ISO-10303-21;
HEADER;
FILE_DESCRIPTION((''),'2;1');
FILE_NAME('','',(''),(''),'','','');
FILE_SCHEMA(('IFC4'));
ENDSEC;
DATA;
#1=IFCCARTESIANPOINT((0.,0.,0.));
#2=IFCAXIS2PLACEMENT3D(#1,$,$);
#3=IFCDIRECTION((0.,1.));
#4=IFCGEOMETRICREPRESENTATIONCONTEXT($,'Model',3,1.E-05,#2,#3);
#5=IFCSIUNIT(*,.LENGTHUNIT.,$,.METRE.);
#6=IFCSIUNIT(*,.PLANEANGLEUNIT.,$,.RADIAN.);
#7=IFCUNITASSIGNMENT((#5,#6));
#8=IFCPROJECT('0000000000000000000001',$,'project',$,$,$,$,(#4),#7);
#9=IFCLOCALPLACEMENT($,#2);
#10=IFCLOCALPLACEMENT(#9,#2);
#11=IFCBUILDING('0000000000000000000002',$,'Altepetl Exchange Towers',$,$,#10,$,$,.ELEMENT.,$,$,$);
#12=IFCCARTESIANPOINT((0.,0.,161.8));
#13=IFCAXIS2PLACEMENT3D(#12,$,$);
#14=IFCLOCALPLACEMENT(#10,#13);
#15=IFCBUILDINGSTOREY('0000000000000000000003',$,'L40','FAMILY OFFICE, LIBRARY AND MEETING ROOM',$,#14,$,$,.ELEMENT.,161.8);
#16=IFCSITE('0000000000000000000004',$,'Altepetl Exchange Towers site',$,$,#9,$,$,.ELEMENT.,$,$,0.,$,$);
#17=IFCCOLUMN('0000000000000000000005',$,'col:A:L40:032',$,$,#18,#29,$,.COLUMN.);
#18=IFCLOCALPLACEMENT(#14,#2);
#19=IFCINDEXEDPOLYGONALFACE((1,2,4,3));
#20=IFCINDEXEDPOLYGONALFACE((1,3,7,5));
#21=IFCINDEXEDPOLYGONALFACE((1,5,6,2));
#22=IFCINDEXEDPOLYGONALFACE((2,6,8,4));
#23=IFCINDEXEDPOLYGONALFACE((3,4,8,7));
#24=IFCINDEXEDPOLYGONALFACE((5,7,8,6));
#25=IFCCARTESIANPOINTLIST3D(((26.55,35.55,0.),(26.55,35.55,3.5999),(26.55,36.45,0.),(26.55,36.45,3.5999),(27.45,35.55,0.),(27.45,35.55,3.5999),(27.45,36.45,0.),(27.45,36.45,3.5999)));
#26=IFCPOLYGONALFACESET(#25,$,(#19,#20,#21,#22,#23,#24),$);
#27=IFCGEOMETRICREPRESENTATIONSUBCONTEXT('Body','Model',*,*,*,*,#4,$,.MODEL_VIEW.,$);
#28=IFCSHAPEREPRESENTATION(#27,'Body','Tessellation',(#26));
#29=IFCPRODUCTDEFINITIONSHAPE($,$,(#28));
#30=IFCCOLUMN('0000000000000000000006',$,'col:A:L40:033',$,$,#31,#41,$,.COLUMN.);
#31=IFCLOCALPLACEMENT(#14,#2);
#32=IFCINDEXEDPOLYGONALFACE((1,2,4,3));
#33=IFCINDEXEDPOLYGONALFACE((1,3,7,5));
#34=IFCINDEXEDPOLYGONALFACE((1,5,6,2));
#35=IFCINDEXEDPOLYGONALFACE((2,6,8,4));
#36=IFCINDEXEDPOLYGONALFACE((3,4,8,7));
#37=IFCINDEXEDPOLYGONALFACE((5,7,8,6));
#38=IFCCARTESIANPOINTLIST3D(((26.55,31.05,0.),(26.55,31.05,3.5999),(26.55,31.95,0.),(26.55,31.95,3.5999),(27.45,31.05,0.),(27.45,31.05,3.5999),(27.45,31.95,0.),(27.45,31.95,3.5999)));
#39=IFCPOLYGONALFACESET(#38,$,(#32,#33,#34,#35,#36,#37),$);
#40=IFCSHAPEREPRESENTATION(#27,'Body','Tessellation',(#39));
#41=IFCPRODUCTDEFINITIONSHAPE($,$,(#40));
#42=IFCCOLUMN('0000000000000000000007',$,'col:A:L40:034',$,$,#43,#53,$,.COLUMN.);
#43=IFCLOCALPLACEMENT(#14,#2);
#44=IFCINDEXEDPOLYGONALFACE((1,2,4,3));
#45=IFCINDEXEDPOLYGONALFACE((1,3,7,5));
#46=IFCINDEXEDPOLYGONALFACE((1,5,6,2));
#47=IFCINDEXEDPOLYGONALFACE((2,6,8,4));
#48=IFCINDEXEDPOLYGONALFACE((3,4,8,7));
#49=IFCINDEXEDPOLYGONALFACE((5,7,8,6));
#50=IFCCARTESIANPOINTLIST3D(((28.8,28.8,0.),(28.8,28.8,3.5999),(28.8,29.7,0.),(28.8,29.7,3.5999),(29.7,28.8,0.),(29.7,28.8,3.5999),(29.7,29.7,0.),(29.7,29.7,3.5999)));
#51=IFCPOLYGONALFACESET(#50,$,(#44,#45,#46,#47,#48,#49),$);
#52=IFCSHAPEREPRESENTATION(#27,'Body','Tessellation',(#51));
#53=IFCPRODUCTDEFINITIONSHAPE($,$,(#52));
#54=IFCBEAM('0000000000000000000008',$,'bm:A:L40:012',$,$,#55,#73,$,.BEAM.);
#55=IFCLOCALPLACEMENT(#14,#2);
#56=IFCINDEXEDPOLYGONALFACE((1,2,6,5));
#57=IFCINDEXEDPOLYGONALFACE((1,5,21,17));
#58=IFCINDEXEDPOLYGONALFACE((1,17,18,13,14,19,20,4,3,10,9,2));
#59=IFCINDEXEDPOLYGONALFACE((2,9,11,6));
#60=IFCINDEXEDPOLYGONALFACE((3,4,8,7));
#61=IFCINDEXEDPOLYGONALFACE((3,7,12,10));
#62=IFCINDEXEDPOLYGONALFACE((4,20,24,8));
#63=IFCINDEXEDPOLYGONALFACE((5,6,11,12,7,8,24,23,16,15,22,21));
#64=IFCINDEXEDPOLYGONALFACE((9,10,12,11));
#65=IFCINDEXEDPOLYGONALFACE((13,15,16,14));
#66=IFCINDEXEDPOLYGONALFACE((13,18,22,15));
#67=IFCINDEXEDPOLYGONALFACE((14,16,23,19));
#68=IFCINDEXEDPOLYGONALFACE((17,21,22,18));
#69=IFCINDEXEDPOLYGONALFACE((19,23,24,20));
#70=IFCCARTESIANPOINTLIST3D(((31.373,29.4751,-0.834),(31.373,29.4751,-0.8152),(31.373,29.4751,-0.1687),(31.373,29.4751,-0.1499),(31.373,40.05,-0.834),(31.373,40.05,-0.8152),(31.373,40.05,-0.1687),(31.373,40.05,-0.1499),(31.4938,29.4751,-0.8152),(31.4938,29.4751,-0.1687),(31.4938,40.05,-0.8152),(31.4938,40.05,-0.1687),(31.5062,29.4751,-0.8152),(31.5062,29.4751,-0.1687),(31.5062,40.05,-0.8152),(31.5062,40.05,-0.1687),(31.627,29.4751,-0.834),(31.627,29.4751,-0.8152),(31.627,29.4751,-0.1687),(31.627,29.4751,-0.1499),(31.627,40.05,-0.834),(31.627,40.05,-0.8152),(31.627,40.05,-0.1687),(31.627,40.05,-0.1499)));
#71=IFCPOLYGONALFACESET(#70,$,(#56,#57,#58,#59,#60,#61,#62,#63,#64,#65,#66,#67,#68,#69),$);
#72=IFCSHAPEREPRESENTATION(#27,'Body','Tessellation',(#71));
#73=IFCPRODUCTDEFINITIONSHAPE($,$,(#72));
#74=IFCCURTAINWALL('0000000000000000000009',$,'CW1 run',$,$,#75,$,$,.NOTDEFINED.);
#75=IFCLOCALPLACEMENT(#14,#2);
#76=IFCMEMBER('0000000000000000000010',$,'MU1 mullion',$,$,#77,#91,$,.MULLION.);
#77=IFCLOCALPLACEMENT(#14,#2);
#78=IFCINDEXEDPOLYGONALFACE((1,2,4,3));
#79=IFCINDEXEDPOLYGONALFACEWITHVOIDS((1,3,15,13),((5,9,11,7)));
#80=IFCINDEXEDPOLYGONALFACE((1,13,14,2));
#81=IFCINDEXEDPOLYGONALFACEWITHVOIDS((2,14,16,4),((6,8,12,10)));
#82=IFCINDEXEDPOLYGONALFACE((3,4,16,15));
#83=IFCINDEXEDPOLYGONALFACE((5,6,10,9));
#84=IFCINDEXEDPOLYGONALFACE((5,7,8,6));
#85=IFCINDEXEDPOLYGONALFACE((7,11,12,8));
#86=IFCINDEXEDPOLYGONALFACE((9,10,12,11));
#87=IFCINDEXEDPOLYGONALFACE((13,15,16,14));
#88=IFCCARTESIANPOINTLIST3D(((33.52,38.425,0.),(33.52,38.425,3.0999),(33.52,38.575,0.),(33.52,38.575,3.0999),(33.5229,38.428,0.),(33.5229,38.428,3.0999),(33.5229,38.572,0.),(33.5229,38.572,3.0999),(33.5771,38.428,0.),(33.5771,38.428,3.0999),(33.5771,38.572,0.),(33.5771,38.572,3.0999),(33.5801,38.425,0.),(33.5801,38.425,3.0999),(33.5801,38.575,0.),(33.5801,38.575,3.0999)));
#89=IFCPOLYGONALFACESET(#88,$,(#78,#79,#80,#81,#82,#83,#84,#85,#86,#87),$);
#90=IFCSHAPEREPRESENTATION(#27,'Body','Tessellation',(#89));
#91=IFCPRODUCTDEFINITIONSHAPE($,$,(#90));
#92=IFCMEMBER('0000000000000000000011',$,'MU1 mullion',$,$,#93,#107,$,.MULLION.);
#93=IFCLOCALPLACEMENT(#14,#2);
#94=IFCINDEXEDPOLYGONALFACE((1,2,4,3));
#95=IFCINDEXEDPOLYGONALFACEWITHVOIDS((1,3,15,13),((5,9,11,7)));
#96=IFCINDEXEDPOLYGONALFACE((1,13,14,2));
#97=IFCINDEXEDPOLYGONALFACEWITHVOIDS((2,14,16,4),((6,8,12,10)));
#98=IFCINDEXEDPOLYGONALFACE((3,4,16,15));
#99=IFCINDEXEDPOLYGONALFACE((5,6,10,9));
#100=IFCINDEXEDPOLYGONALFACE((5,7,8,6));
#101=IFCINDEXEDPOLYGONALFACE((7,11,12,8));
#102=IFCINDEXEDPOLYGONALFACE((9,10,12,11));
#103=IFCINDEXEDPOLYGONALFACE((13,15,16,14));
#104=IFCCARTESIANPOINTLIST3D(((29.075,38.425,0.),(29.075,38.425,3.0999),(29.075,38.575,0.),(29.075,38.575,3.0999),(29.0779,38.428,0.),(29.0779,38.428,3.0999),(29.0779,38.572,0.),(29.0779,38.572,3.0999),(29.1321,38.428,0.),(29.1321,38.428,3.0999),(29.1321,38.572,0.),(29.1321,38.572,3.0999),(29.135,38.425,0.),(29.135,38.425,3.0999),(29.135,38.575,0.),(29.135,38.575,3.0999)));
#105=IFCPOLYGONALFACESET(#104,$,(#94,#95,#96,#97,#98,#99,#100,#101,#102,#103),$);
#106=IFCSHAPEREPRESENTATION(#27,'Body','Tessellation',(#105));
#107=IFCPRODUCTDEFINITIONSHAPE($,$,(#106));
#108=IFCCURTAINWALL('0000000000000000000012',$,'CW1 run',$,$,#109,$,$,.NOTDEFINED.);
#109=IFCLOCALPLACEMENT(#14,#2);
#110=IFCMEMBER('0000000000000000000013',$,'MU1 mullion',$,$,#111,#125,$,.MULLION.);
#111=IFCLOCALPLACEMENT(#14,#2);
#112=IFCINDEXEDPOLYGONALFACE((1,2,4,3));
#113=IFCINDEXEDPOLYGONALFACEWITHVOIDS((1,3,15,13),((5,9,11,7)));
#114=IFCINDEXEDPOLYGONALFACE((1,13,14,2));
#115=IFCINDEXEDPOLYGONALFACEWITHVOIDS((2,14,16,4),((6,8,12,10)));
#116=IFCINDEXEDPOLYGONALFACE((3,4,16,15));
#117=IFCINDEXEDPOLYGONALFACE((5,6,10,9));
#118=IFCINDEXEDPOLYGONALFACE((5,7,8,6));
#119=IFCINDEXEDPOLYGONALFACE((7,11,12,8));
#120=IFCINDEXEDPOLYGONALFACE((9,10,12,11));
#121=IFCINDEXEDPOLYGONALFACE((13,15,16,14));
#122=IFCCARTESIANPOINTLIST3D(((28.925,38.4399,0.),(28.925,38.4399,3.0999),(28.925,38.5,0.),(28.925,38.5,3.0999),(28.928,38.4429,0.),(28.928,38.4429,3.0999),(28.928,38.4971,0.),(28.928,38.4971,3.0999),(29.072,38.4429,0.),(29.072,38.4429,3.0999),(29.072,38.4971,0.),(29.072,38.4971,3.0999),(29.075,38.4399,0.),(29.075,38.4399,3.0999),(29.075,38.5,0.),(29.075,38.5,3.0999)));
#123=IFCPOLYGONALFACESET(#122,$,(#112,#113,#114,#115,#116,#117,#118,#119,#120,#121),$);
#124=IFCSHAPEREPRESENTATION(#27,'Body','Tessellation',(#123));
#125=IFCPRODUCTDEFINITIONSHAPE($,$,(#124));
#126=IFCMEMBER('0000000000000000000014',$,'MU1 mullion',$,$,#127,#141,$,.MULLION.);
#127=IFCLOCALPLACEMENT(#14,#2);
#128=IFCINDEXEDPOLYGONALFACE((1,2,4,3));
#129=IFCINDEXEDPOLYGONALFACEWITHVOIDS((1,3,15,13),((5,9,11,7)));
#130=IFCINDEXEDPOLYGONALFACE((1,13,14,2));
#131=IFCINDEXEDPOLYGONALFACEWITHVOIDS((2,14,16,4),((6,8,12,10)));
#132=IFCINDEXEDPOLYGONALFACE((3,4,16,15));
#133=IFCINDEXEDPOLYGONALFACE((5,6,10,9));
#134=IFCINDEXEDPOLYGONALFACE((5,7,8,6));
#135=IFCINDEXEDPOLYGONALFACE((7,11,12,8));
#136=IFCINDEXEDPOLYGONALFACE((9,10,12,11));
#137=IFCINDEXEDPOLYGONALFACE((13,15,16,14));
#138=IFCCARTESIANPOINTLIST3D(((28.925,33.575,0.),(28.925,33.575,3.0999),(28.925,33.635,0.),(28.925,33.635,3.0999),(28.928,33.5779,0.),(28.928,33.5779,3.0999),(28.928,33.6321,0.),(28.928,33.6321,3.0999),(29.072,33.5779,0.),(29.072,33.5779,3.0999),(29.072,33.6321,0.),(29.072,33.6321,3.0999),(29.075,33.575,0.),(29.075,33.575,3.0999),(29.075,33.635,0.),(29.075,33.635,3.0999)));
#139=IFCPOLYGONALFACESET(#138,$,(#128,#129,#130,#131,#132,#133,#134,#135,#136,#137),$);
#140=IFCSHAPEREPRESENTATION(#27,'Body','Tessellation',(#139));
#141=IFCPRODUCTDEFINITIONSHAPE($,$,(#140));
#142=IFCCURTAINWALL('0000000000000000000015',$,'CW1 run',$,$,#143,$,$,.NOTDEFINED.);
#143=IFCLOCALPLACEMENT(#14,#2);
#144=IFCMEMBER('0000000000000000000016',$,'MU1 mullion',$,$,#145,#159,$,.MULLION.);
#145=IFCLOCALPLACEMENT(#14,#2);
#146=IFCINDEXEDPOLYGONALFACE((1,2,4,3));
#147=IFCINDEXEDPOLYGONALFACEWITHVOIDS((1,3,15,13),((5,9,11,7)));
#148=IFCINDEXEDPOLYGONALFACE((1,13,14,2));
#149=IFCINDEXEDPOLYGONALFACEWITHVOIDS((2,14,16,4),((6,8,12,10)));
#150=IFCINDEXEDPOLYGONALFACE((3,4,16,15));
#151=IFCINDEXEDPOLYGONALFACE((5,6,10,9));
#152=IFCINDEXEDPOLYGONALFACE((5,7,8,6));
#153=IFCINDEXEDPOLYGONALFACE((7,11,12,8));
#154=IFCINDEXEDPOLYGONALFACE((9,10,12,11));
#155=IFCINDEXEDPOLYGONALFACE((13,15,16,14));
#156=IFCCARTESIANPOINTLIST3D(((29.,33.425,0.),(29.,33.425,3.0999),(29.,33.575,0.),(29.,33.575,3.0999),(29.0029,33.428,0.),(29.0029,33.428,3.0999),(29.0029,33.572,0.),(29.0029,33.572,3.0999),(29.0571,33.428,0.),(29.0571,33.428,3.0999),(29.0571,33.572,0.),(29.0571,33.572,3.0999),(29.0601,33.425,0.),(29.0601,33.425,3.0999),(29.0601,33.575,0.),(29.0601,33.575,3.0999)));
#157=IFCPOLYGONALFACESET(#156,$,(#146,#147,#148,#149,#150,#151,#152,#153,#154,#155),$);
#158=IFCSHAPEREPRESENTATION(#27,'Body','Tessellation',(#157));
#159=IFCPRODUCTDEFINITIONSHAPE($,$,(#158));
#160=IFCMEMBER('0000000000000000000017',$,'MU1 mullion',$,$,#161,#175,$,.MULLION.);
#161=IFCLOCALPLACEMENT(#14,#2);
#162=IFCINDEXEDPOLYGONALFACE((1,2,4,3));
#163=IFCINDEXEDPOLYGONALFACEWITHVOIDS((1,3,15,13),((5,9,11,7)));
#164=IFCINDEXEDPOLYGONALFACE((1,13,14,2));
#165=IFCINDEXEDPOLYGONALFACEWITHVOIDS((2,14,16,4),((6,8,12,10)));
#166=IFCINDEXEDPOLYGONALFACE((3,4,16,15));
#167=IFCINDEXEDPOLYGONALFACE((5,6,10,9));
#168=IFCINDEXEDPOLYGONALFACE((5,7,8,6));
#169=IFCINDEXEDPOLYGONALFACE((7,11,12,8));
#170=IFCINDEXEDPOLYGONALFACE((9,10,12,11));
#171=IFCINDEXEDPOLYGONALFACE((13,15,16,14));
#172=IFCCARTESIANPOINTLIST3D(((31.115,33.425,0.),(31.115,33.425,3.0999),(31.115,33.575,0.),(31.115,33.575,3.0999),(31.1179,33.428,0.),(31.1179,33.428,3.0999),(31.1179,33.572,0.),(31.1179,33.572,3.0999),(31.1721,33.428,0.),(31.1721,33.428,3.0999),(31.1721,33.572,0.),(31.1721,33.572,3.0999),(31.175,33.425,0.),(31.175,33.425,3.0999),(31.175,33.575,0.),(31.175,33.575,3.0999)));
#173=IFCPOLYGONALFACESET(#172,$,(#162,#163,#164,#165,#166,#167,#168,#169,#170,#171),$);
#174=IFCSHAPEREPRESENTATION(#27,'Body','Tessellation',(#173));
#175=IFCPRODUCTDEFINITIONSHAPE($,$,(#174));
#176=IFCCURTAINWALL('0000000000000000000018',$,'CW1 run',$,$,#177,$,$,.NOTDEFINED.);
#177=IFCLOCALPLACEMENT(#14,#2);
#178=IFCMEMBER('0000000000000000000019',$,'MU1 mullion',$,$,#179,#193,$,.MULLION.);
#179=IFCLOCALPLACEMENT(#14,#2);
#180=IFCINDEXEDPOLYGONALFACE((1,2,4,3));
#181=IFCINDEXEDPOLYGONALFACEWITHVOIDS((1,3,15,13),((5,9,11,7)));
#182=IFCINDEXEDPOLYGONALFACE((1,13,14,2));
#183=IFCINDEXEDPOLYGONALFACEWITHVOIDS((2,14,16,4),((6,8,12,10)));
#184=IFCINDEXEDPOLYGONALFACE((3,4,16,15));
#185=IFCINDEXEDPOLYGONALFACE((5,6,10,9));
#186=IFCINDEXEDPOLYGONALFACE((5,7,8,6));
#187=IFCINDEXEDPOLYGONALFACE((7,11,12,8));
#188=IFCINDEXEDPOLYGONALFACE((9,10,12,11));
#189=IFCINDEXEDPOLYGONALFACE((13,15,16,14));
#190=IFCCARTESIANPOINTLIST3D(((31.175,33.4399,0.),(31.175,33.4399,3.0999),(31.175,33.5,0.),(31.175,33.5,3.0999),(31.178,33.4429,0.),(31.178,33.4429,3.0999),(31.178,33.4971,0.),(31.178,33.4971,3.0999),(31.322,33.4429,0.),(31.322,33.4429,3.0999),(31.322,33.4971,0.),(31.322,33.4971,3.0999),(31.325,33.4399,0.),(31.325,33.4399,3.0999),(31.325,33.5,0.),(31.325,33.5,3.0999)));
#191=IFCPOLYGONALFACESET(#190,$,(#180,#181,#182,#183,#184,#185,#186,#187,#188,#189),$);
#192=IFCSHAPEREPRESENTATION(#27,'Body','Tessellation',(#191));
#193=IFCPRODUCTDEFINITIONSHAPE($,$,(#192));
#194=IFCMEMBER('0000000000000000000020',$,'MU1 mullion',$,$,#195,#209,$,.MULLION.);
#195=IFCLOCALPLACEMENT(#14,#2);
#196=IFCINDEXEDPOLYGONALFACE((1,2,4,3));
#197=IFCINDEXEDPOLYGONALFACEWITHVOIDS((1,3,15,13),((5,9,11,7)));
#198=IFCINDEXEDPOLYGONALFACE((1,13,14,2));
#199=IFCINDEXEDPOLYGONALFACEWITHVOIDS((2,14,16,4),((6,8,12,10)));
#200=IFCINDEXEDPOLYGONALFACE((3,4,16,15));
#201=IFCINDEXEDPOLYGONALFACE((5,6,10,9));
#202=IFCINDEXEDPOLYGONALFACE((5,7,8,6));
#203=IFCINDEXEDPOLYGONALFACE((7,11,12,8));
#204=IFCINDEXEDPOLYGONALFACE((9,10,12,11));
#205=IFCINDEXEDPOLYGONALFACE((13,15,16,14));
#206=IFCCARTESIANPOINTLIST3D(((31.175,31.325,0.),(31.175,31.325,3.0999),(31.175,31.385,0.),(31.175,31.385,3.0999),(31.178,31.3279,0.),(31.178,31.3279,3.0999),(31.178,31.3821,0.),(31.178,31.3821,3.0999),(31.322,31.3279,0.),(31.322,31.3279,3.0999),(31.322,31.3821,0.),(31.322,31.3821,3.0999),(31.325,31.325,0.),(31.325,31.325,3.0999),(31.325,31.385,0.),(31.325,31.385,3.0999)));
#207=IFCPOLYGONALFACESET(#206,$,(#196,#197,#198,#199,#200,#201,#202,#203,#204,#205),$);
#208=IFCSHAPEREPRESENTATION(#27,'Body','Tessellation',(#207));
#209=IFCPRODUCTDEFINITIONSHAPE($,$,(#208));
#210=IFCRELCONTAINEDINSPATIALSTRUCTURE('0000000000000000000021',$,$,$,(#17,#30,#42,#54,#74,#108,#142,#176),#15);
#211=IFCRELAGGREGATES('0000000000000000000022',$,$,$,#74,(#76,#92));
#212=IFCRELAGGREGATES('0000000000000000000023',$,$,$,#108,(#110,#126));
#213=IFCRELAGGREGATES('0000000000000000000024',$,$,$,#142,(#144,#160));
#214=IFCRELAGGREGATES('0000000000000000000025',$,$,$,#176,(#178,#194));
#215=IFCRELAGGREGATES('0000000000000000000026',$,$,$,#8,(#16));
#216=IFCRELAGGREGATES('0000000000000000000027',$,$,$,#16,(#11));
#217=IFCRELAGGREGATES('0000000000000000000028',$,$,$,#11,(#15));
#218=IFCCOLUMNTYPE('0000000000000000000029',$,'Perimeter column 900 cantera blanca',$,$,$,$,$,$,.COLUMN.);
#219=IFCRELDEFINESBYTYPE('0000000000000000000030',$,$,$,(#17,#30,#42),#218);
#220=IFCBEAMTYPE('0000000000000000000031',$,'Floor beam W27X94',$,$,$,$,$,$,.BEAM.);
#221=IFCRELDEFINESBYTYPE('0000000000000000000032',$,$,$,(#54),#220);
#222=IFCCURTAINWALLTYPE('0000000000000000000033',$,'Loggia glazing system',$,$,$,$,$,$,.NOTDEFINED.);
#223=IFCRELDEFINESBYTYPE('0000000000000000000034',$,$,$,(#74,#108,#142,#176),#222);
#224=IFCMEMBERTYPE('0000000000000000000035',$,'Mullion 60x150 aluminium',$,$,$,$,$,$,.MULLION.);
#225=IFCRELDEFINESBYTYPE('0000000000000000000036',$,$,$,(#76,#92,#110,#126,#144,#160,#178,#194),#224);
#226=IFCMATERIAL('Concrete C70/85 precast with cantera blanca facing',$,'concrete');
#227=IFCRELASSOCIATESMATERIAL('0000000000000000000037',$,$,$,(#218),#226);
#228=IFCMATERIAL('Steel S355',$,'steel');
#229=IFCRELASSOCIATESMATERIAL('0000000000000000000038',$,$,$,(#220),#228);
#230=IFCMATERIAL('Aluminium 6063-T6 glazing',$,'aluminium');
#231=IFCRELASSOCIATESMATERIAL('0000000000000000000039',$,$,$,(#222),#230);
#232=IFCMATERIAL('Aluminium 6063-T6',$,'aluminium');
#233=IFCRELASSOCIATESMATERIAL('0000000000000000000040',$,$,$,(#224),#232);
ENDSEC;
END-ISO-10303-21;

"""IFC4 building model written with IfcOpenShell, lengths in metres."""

from ifc_helpers import new_model, si_unit, direction, frame, origin, origin_2d, place, context, subcontext, project, spatial, rectangle, hollow_rectangle, i_section, extrude, material, material_profile, profile_set, type_object, element, aggregate, save


model = new_model("IFC4")

# Units and contexts
model_context = context("Model", 3, precision=1e-05, world=origin(), true_north=direction((0.0, 1.0)))
body_context = subcontext(model_context, "Body", "Model", "MODEL_VIEW")
ifc_project = project(units=[si_unit("LENGTHUNIT", "METRE"), si_unit("PLANEANGLEUNIT", "RADIAN")], contexts=[model_context])

# Site, building, storey
site_placement = place(None, origin())
site = spatial("IfcSite", under=ifc_project, at=site_placement, Name="Altepetl Exchange Towers site", CompositionType="ELEMENT", RefElevation=0.0)
building_placement = place(site_placement, origin())
building = spatial("IfcBuilding", under=site, at=building_placement, Name="Altepetl Exchange Towers", CompositionType="ELEMENT")
storey_placement = place(building_placement, frame((0.0, 0.0, 161.8)))
storey = spatial("IfcBuildingStorey", under=building, at=storey_placement, Name="L40", Description="FAMILY OFFICE, LIBRARY AND MEETING ROOM", CompositionType="ELEMENT", Elevation=161.8)

# Columns
ifc_material_1 = material(Name="Concrete C70/85 precast with cantera blanca facing", Category="concrete")
ifc_material_profile_1 = material_profile(ifc_material_1, rectangle(XDim=0.8999, YDim=0.8999, at=origin_2d()), Name="900 x 900")
ifc_profile_set_1 = profile_set([ifc_material_profile_1], Name="Concrete C70/85 precast with cantera blanca facing")
column_type = type_object("IfcColumnType", Name="Perimeter column 900 cantera blanca", PredefinedType="COLUMN", material=ifc_profile_set_1)
for number, where, name in (
    (1, (27.0, 36.0, 0.0), "col:A:L40:032"),
    (2, (27.0, 31.5, 0.0), "col:A:L40:033"),
    (3, (29.25, 29.25, 0.0), "col:A:L40:034"),
):
    element("IfcColumn", number, at=place(storey_placement, frame(where)), inside=storey, type_object=column_type, Name=name, PredefinedType="COLUMN", context=body_context, shape_type="SweptSolid", body=[
        extrude(rectangle(XDim=0.8999, YDim=0.8999, at=origin_2d()), origin(), (0.0, 0.0, 1.0), 3.5999),
    ])

# Beam
ifc_material_2 = material(Name="Steel S355", Category="steel")
ifc_material_profile_2 = material_profile(ifc_material_2, i_section(OverallWidth=0.2539, OverallDepth=0.6841, WebThickness=0.0125, FlangeThickness=0.0188, at=origin_2d()), Name="W27X94")
ifc_profile_set_2 = profile_set([ifc_material_profile_2], Name="Steel S355")
beam_type_1 = type_object("IfcBeamType", Name="Floor beam W27X94", PredefinedType="BEAM", material=ifc_profile_set_2)
beam_1_placement = place(storey_placement, frame((31.5, 29.4751, -0.4919), z_axis=(0.0, 1.0, 0.0), x_axis=(-1.0, 0.0, 0.0)))
element("IfcBeam", 4, at=beam_1_placement, inside=storey, type_object=beam_type_1, Name="bm:A:L40:012", PredefinedType="BEAM", context=body_context, shape_type="SweptSolid", body=[
    extrude(i_section(OverallWidth=0.2539, OverallDepth=0.6841, WebThickness=0.0125, FlangeThickness=0.0188, at=origin_2d()), origin(), (0.0, 0.0, 1.0), 10.575),
])

# Curtain walls, members
ifc_material_3 = material(Name="Aluminium 6063-T6 glazing", Category="aluminium")
curtain_wall_type = type_object("IfcCurtainWallType", Name="Loggia glazing system", PredefinedType="NOTDEFINED", material=ifc_material_3)
curtain_wall_1_placement = place(storey_placement, origin())
curtain_wall_1 = element("IfcCurtainWall", 5, at=curtain_wall_1_placement, inside=storey, type_object=curtain_wall_type, Name="CW1 run", PredefinedType="NOTDEFINED")
ifc_material_4 = material(Name="Aluminium 6063-T6", Category="aluminium")
ifc_material_profile_3 = material_profile(ifc_material_4, hollow_rectangle(XDim=0.0601, YDim=0.1499, WallThickness=0.0029, at=origin_2d()), Name="Mullion 60x150 aluminium")
ifc_profile_set_3 = profile_set([ifc_material_profile_3], Name="Aluminium 6063-T6")
member_type = type_object("IfcMemberType", Name="Mullion 60x150 aluminium", PredefinedType="MULLION", material=ifc_profile_set_3)
member_1_placement = place(storey_placement, frame((33.55, 38.5, 0.0), z_axis=(0.0, 0.0, 1.0), x_axis=(-1.0, 0.0, 0.0)))
member_1 = element("IfcMember", 6, at=member_1_placement, type_object=member_type, Name="MU1 mullion", PredefinedType="MULLION", context=body_context, shape_type="SweptSolid", body=[
    extrude(hollow_rectangle(XDim=0.0601, YDim=0.1499, WallThickness=0.0029, at=origin_2d()), origin(), (0.0, 0.0, 1.0), 3.0999),
])
member_2_placement = place(storey_placement, frame((29.105, 38.5, 0.0), z_axis=(0.0, 0.0, 1.0), x_axis=(-1.0, 0.0, 0.0)))
member_2 = element("IfcMember", 7, at=member_2_placement, type_object=member_type, Name="MU1 mullion", PredefinedType="MULLION", context=body_context, shape_type="SweptSolid", body=[
    extrude(hollow_rectangle(XDim=0.0601, YDim=0.1499, WallThickness=0.0029, at=origin_2d()), origin(), (0.0, 0.0, 1.0), 3.0999),
])
curtain_wall_2_placement = place(storey_placement, origin())
curtain_wall_2 = element("IfcCurtainWall", 8, at=curtain_wall_2_placement, inside=storey, type_object=curtain_wall_type, Name="CW1 run", PredefinedType="NOTDEFINED")
member_3_placement = place(storey_placement, frame((29.0, 38.47, 0.0), z_axis=(0.0, 0.0, 1.0), x_axis=(0.0, -1.0, 0.0)))
member_3 = element("IfcMember", 9, at=member_3_placement, type_object=member_type, Name="MU1 mullion", PredefinedType="MULLION", context=body_context, shape_type="SweptSolid", body=[
    extrude(hollow_rectangle(XDim=0.0601, YDim=0.1499, WallThickness=0.0029, at=origin_2d()), origin(), (0.0, 0.0, 1.0), 3.0999),
])
member_4_placement = place(storey_placement, frame((29.0, 33.605, 0.0), z_axis=(0.0, 0.0, 1.0), x_axis=(0.0, -1.0, 0.0)))
member_4 = element("IfcMember", 10, at=member_4_placement, type_object=member_type, Name="MU1 mullion", PredefinedType="MULLION", context=body_context, shape_type="SweptSolid", body=[
    extrude(hollow_rectangle(XDim=0.0601, YDim=0.1499, WallThickness=0.0029, at=origin_2d()), origin(), (0.0, 0.0, 1.0), 3.0999),
])
curtain_wall_3_placement = place(storey_placement, origin())
curtain_wall_3 = element("IfcCurtainWall", 11, at=curtain_wall_3_placement, inside=storey, type_object=curtain_wall_type, Name="CW1 run", PredefinedType="NOTDEFINED")
member_5_placement = place(storey_placement, frame((29.03, 33.5, 0.0)))
member_5 = element("IfcMember", 12, at=member_5_placement, type_object=member_type, Name="MU1 mullion", PredefinedType="MULLION", context=body_context, shape_type="SweptSolid", body=[
    extrude(hollow_rectangle(XDim=0.0601, YDim=0.1499, WallThickness=0.0029, at=origin_2d()), origin(), (0.0, 0.0, 1.0), 3.0999),
])
member_6_placement = place(storey_placement, frame((31.145, 33.5, 0.0)))
member_6 = element("IfcMember", 13, at=member_6_placement, type_object=member_type, Name="MU1 mullion", PredefinedType="MULLION", context=body_context, shape_type="SweptSolid", body=[
    extrude(hollow_rectangle(XDim=0.0601, YDim=0.1499, WallThickness=0.0029, at=origin_2d()), origin(), (0.0, 0.0, 1.0), 3.0999),
])
curtain_wall_4_placement = place(storey_placement, origin())
curtain_wall_4 = element("IfcCurtainWall", 14, at=curtain_wall_4_placement, inside=storey, type_object=curtain_wall_type, Name="CW1 run", PredefinedType="NOTDEFINED")
member_7_placement = place(storey_placement, frame((31.25, 33.47, 0.0), z_axis=(0.0, 0.0, 1.0), x_axis=(0.0, -1.0, 0.0)))
member_7 = element("IfcMember", 15, at=member_7_placement, type_object=member_type, Name="MU1 mullion", PredefinedType="MULLION", context=body_context, shape_type="SweptSolid", body=[
    extrude(hollow_rectangle(XDim=0.0601, YDim=0.1499, WallThickness=0.0029, at=origin_2d()), origin(), (0.0, 0.0, 1.0), 3.0999),
])
member_8_placement = place(storey_placement, frame((31.25, 31.355, 0.0), z_axis=(0.0, 0.0, 1.0), x_axis=(0.0, -1.0, 0.0)))
member_8 = element("IfcMember", 16, at=member_8_placement, type_object=member_type, Name="MU1 mullion", PredefinedType="MULLION", context=body_context, shape_type="SweptSolid", body=[
    extrude(hollow_rectangle(XDim=0.0601, YDim=0.1499, WallThickness=0.0029, at=origin_2d()), origin(), (0.0, 0.0, 1.0), 3.0999),
])

aggregate(curtain_wall_1, [member_1, member_2])
aggregate(curtain_wall_2, [member_3, member_4])
aggregate(curtain_wall_3, [member_5, member_6])
aggregate(curtain_wall_4, [member_7, member_8])

save(model, "model.ifc")
